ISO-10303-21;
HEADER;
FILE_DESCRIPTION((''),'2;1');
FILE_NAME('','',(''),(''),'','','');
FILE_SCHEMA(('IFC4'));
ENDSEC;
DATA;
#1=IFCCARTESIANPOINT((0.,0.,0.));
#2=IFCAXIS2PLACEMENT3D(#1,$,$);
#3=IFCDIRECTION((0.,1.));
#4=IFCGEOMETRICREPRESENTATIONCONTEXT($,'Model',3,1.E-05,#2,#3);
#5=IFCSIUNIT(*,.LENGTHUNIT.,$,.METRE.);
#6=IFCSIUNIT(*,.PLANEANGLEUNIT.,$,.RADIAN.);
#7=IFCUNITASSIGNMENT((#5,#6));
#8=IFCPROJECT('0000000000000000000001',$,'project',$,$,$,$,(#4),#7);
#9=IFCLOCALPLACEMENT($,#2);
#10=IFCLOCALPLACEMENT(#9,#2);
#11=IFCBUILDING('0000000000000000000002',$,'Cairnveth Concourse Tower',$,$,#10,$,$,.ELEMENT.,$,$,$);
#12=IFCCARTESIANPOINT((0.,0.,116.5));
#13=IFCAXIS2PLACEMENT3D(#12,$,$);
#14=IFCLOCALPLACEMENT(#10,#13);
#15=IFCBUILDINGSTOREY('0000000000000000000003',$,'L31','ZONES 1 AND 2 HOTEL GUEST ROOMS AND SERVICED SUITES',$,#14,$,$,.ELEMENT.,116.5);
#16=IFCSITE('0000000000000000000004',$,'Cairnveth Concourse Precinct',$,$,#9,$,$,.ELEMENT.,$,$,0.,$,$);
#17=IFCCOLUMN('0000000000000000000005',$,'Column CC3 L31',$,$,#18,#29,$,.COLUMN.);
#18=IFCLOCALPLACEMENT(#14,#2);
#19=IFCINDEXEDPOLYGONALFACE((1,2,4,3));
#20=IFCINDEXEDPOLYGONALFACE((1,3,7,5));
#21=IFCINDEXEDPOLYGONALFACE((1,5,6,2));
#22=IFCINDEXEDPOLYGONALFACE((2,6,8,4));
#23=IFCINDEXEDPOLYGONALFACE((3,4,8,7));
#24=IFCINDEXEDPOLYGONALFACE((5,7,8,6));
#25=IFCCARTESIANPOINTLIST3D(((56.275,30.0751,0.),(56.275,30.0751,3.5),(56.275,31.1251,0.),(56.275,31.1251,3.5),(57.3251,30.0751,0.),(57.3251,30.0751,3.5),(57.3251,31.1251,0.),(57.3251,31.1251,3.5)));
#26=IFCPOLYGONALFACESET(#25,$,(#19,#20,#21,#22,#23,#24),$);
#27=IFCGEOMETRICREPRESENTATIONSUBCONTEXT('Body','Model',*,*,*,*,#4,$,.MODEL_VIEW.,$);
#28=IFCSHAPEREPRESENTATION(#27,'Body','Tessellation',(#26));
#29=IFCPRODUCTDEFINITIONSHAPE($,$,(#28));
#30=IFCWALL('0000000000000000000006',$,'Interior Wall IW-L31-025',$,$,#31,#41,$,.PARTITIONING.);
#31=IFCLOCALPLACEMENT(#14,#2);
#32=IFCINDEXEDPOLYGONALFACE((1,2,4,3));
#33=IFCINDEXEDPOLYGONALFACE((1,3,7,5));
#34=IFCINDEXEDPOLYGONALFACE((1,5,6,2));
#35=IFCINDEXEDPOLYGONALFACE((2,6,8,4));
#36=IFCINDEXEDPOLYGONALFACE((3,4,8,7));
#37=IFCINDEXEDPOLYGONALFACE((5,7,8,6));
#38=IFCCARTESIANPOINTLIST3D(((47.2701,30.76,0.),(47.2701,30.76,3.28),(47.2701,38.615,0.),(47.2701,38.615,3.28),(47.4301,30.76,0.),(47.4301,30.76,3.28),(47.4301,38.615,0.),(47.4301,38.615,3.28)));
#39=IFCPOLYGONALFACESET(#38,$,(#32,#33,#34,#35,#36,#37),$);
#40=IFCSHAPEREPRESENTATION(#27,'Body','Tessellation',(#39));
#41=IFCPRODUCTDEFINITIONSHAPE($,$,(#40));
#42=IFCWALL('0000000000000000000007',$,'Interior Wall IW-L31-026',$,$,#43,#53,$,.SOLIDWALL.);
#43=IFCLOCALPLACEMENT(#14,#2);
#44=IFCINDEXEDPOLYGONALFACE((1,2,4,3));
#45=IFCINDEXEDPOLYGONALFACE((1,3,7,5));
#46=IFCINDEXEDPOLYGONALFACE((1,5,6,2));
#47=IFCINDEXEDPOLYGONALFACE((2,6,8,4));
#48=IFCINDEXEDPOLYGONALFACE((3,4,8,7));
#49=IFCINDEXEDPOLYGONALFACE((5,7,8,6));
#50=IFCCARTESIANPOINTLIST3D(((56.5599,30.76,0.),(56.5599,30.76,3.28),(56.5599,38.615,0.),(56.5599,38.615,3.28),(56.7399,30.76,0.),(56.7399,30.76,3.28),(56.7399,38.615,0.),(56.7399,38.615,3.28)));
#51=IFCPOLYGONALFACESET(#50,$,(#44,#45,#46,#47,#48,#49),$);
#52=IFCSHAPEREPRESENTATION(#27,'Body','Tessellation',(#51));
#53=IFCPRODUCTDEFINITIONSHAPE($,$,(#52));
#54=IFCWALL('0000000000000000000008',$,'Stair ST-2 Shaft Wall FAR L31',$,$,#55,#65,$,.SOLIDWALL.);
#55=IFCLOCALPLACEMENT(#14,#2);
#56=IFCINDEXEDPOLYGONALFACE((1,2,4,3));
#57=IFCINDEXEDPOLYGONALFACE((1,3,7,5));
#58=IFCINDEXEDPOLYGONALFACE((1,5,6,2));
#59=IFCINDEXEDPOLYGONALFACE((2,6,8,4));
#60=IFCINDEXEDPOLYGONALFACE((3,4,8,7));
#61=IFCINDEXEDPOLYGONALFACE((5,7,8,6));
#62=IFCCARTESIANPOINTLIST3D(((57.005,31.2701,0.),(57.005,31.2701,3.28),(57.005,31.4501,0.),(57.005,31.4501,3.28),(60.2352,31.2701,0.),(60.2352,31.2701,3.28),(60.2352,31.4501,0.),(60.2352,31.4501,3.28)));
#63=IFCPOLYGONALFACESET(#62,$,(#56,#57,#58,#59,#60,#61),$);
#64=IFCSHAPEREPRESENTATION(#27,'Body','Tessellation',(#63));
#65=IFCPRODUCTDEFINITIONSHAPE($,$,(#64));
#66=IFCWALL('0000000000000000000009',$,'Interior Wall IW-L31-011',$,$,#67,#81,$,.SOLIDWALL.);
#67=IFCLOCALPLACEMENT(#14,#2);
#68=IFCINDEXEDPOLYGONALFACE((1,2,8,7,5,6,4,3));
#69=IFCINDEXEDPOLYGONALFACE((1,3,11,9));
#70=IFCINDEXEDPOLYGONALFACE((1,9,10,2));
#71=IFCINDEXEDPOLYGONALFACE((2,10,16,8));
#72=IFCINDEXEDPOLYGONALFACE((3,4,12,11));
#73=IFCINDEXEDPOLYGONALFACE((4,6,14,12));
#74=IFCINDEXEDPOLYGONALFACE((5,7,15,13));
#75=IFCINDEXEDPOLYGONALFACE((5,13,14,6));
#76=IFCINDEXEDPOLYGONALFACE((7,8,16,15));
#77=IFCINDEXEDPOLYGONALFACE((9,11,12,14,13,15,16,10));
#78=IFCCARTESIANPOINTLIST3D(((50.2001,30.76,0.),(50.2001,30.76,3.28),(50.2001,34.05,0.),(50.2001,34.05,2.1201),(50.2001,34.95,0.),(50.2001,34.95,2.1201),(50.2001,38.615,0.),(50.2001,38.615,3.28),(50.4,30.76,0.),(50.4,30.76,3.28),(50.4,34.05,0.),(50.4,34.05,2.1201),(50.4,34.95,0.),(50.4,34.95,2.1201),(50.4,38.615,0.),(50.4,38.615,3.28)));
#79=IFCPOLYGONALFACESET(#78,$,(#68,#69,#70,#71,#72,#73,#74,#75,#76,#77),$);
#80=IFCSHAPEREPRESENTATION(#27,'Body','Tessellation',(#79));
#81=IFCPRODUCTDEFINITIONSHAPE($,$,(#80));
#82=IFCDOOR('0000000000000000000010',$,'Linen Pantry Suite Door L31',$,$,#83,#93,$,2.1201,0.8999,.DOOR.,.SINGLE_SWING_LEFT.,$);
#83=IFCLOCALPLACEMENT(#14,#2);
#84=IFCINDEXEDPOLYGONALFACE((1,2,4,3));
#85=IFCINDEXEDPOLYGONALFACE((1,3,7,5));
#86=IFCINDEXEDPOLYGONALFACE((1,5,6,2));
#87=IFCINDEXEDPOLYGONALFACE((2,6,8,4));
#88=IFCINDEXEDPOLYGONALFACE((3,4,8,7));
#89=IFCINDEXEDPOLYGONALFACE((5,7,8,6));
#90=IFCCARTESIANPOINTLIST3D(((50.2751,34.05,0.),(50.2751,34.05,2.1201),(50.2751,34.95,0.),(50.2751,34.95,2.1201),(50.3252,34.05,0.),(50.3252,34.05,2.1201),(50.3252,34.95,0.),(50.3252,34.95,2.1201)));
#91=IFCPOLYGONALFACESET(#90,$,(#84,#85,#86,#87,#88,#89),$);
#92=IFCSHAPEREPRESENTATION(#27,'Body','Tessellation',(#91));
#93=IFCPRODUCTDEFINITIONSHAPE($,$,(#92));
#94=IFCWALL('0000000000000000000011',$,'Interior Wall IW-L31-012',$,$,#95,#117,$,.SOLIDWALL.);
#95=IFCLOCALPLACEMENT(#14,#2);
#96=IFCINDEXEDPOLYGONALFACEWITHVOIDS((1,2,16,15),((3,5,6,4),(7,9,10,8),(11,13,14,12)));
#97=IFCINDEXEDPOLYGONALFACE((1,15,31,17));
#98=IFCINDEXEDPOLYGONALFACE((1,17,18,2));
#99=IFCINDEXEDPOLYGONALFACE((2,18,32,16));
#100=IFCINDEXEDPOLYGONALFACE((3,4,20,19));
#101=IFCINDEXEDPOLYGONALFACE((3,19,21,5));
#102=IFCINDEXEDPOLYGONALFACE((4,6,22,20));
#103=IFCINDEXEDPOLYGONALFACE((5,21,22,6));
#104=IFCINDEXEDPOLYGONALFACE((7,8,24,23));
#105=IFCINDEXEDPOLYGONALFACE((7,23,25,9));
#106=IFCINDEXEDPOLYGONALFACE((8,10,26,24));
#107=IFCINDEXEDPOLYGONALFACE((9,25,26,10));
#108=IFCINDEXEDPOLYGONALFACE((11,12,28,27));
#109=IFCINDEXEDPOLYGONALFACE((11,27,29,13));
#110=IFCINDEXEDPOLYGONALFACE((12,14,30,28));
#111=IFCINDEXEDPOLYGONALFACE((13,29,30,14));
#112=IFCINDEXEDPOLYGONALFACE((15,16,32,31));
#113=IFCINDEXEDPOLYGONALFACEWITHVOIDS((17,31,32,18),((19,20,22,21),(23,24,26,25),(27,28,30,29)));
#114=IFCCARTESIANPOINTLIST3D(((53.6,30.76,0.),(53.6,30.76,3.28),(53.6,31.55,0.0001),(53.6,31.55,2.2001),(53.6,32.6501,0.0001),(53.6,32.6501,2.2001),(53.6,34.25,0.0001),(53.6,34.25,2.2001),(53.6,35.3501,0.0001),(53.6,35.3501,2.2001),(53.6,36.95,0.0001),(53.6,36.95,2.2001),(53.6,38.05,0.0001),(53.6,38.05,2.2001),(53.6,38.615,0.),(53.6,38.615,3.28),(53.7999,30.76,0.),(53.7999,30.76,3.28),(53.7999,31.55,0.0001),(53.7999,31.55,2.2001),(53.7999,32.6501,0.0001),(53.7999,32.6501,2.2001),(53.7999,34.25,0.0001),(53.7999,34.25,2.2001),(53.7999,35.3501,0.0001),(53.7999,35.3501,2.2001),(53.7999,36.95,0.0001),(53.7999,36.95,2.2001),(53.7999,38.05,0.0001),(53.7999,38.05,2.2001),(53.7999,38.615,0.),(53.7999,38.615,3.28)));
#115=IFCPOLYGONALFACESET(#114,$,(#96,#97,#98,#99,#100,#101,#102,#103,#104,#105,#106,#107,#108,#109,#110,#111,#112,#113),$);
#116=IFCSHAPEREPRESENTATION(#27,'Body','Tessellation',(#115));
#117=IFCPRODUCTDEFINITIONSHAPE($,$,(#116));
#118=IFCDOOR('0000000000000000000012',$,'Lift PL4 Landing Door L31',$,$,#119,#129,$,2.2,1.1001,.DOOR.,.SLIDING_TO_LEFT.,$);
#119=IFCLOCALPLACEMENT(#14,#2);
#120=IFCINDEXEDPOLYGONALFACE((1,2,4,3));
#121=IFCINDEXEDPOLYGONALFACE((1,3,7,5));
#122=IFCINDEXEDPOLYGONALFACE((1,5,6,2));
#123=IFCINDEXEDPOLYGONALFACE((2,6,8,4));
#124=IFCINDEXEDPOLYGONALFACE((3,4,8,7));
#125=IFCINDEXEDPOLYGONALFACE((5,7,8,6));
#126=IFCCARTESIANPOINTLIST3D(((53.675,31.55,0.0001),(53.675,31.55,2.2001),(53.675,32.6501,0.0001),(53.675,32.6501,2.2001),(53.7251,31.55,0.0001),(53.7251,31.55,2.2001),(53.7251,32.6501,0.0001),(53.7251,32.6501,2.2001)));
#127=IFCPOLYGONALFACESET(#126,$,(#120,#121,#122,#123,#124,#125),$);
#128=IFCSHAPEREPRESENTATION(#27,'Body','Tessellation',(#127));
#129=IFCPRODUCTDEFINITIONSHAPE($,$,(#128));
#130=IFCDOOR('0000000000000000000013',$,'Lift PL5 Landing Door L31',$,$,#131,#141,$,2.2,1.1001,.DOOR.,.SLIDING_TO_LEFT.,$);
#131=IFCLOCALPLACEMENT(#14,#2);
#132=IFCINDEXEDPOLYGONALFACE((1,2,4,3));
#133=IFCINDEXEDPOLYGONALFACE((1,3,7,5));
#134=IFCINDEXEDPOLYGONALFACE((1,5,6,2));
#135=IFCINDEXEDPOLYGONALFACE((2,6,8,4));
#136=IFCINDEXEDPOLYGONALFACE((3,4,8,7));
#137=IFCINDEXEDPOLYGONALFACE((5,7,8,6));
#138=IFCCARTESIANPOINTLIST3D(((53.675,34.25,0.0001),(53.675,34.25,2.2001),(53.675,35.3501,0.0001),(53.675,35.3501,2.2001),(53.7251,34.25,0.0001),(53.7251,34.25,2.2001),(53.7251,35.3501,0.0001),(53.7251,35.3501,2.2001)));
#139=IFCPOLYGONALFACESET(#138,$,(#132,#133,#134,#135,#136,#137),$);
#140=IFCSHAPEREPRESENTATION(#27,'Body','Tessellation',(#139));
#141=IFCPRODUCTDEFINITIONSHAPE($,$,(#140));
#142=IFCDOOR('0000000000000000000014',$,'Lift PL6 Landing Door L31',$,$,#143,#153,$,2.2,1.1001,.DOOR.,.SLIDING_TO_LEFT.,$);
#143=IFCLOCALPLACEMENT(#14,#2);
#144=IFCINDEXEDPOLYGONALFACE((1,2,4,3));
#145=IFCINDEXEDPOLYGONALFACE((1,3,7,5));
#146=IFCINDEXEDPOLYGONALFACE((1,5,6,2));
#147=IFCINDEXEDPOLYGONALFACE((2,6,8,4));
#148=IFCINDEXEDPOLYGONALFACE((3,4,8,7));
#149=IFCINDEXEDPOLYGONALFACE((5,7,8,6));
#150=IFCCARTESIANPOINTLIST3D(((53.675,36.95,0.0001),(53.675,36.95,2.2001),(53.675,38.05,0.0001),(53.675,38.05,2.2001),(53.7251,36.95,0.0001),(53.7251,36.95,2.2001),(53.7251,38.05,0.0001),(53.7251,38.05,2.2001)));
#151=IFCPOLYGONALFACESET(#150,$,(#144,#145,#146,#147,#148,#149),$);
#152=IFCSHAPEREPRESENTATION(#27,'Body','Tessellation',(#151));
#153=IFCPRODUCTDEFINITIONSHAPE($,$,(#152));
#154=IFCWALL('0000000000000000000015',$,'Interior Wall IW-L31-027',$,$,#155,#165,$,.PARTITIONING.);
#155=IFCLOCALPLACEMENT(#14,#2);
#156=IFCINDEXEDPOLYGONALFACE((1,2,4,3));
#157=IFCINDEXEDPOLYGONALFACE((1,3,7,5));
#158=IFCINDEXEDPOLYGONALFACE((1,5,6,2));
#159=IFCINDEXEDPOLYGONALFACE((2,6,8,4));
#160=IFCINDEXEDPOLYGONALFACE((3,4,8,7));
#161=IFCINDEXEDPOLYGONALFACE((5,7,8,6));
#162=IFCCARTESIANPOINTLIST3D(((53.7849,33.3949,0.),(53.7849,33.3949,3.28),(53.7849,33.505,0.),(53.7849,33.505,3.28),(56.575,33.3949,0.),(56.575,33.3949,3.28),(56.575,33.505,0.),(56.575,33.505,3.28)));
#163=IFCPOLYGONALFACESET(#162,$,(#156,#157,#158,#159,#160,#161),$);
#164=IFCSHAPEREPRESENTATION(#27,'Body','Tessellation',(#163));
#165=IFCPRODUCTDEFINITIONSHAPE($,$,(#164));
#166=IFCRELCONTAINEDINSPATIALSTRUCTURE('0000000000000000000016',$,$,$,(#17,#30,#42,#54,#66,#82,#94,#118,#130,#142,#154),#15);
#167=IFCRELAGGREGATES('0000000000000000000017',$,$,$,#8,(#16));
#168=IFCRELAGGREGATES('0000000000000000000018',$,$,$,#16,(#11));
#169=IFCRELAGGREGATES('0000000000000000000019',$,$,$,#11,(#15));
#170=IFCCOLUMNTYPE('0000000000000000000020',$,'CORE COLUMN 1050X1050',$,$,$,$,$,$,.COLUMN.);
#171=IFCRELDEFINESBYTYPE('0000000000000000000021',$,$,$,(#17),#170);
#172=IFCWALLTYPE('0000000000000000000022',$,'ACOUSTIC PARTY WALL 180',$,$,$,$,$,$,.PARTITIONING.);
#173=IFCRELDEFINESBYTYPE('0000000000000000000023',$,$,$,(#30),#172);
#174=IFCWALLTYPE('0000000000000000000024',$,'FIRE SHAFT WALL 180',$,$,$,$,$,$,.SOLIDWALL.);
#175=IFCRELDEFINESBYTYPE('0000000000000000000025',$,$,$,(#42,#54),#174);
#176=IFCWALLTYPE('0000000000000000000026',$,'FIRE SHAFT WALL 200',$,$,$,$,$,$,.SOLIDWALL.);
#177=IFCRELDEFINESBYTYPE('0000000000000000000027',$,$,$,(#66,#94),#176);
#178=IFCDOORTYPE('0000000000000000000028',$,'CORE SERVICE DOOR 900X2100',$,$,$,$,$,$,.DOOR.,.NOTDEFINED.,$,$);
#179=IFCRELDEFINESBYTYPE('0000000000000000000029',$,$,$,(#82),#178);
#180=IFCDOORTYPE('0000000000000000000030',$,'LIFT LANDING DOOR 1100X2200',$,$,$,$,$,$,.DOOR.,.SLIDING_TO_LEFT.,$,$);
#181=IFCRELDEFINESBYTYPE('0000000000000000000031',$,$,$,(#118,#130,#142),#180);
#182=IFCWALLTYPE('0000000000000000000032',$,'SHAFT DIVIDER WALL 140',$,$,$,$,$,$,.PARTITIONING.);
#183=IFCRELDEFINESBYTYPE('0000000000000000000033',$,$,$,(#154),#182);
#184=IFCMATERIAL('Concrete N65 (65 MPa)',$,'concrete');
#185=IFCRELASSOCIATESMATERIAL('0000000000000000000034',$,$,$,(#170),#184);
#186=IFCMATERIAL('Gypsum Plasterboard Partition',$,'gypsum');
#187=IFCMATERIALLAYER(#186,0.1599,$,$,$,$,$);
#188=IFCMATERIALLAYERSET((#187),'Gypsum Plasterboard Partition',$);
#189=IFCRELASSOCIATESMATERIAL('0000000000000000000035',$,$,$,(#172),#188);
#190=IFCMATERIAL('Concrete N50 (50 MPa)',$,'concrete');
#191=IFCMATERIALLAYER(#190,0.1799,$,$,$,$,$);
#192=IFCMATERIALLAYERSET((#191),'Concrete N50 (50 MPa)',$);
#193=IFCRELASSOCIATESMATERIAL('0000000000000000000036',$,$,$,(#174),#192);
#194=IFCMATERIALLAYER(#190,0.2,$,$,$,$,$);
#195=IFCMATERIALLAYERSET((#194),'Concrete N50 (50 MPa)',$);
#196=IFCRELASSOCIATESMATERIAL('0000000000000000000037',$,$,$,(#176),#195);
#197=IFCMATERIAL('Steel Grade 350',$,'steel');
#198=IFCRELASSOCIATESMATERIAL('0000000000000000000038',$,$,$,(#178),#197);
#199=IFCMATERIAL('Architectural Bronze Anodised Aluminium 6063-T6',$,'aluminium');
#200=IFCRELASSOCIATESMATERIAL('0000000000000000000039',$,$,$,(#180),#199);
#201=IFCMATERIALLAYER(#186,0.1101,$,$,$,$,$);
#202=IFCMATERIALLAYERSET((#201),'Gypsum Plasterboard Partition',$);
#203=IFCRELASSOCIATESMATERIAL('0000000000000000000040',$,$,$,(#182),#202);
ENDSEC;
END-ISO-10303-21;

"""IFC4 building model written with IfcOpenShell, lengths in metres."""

from ifc_helpers import new_model, si_unit, direction, frame, frame_2d, origin, origin_2d, place, context, subcontext, project, spatial, rectangle, extrude, material, layer, layer_set, material_profile, profile_set, type_object, element, fill, save


model = new_model("IFC4")

# Units and contexts
model_context = context("Model", 3, precision=1e-05, world=origin(), true_north=direction((0.0, 1.0)))
body_context = subcontext(model_context, "Body", "Model", "MODEL_VIEW")
ifc_project = project(units=[si_unit("LENGTHUNIT", "METRE"), si_unit("PLANEANGLEUNIT", "RADIAN")], contexts=[model_context])

# Site, building, storey
site_placement = place(None, origin())
site = spatial("IfcSite", under=ifc_project, at=site_placement, Name="Cairnveth Concourse Precinct", CompositionType="ELEMENT", RefElevation=0.0)
building_placement = place(site_placement, origin())
building = spatial("IfcBuilding", under=site, at=building_placement, Name="Cairnveth Concourse Tower", CompositionType="ELEMENT")
storey_placement = place(building_placement, frame((0.0, 0.0, 116.5)))
storey = spatial("IfcBuildingStorey", under=building, at=storey_placement, Name="L31", Description="ZONES 1 AND 2 HOTEL GUEST ROOMS AND SERVICED SUITES", CompositionType="ELEMENT", Elevation=116.5)

# Column
ifc_material_1 = material(Name="Concrete N65 (65 MPa)", Category="concrete")
ifc_material_profile = material_profile(ifc_material_1, rectangle(XDim=1.05, YDim=1.05, at=origin_2d()), Name="RC-COL-1050x1050")
ifc_profile_set = profile_set([ifc_material_profile], Name="Concrete N65 (65 MPa)")
column_type = type_object("IfcColumnType", Name="CORE COLUMN 1050X1050", PredefinedType="COLUMN", material=ifc_profile_set)
column_placement = place(storey_placement, frame((56.8, 30.6001, 0.0), z_axis=(0.0, 0.0, 1.0), x_axis=(1.0, 0.0, 0.0)))
element("IfcColumn", 1, at=column_placement, inside=storey, type_object=column_type, Name="Column CC3 L31", PredefinedType="COLUMN", context=body_context, shape_type="SweptSolid", body=[
    extrude(rectangle(XDim=1.05, YDim=1.05, at=origin_2d()), origin(), (0.0, 0.0, 1.0), 3.5),
])

# Walls
ifc_material_2 = material(Name="Gypsum Plasterboard Partition", Category="gypsum")
ifc_layer_1 = layer(ifc_material_2, 0.1599)
ifc_layer_set_1 = layer_set([ifc_layer_1], Name="Gypsum Plasterboard Partition")
wall_type_1 = type_object("IfcWallType", Name="ACOUSTIC PARTY WALL 180", PredefinedType="PARTITIONING", material=ifc_layer_set_1)
wall_1_placement = place(storey_placement, frame((47.3501, 30.76, 0.0), z_axis=(0.0, 0.0, 1.0), x_axis=(0.0, 1.0, 0.0)))
element("IfcWall", 2, at=wall_1_placement, inside=storey, type_object=wall_type_1, Name="Interior Wall IW-L31-025", PredefinedType="PARTITIONING", context=body_context, shape_type="SweptSolid", body=[
    extrude(rectangle(XDim=7.855, YDim=0.1599, at=frame_2d((3.9275, 0.0))), origin(), (0.0, 0.0, 1.0), 3.28),
])
ifc_material_3 = material(Name="Concrete N50 (50 MPa)", Category="concrete")
ifc_layer_2 = layer(ifc_material_3, 0.1799)
ifc_layer_set_2 = layer_set([ifc_layer_2], Name="Concrete N50 (50 MPa)")
wall_type_2 = type_object("IfcWallType", Name="FIRE SHAFT WALL 180", PredefinedType="SOLIDWALL", material=ifc_layer_set_2)
wall_2_placement = place(storey_placement, frame((56.6499, 30.76, 0.0), z_axis=(0.0, 0.0, 1.0), x_axis=(0.0, 1.0, 0.0)))
element("IfcWall", 3, at=wall_2_placement, inside=storey, type_object=wall_type_2, Name="Interior Wall IW-L31-026", PredefinedType="SOLIDWALL", context=body_context, shape_type="SweptSolid", body=[
    extrude(rectangle(XDim=7.855, YDim=0.1799, at=frame_2d((3.9275, 0.0))), origin(), (0.0, 0.0, 1.0), 3.28),
])
wall_3_placement = place(storey_placement, frame((57.0049, 31.3601, 0.0), z_axis=(0.0, 0.0, 1.0), x_axis=(1.0, 0.0, 0.0)))
element("IfcWall", 4, at=wall_3_placement, inside=storey, type_object=wall_type_2, Name="Stair ST-2 Shaft Wall FAR L31", PredefinedType="SOLIDWALL", context=body_context, shape_type="SweptSolid", body=[
    extrude(rectangle(XDim=3.2302, YDim=0.1799, at=frame_2d((1.6152, 0.0))), origin(), (0.0, 0.0, 1.0), 3.28),
])

# Wall, opening, door
ifc_layer_3 = layer(ifc_material_3, 0.2)
ifc_layer_set_3 = layer_set([ifc_layer_3], Name="Concrete N50 (50 MPa)")
wall_type_3 = type_object("IfcWallType", Name="FIRE SHAFT WALL 200", PredefinedType="SOLIDWALL", material=ifc_layer_set_3)
wall_4_placement = place(storey_placement, frame((50.3, 30.76, 0.0), z_axis=(0.0, 0.0, 1.0), x_axis=(0.0, 1.0, 0.0)))
wall_4 = element("IfcWall", 5, at=wall_4_placement, inside=storey, type_object=wall_type_3, Name="Interior Wall IW-L31-011", PredefinedType="SOLIDWALL", context=body_context, shape_type="SweptSolid", body=[
    extrude(rectangle(XDim=7.855, YDim=0.2, at=frame_2d((3.9275, 0.0))), origin(), (0.0, 0.0, 1.0), 3.28),
])
opening_1_placement = place(wall_4_placement, frame((3.29, 0.0, 0.0)))
opening_1 = element("IfcOpeningElement", 6, at=opening_1_placement, cuts=wall_4, PredefinedType="OPENING", context=body_context, shape_type="SweptSolid", body=[
    extrude(rectangle(XDim=0.8999, YDim=2.1201, at=frame_2d((0.45, 1.0601))), frame((0.0, 0.1099, 0.0), z_axis=(0.0, -1.0, 0.0), x_axis=(1.0, 0.0, 0.0)), (0.0, 0.0, 1.0), 0.22),
])
ifc_material_4 = material(Name="Steel Grade 350", Category="steel")
door_type_1 = type_object("IfcDoorType", Name="CORE SERVICE DOOR 900X2100", OperationType="NOTDEFINED", PredefinedType="DOOR", material=ifc_material_4)
door_1_placement = place(opening_1_placement, origin())
door_1 = element("IfcDoor", 7, at=door_1_placement, inside=storey, type_object=door_type_1, Name="Linen Pantry Suite Door L31", OperationType="SINGLE_SWING_LEFT", OverallHeight=2.1201, OverallWidth=0.8999, PredefinedType="DOOR", context=body_context, shape_type="SweptSolid", body=[
    extrude(rectangle(XDim=0.8999, YDim=2.1201, at=frame_2d((0.45, 1.0601))), frame((0.0, 0.0249, 0.0), z_axis=(0.0, -1.0, 0.0), x_axis=(1.0, 0.0, 0.0)), (0.0, 0.0, 1.0), 0.05),
])
fill(opening_1, door_1)

# Wall, openings, doors
wall_5_placement = place(storey_placement, frame((53.7, 30.76, 0.0), z_axis=(0.0, 0.0, 1.0), x_axis=(0.0, 1.0, 0.0)))
wall_5 = element("IfcWall", 8, at=wall_5_placement, inside=storey, type_object=wall_type_3, Name="Interior Wall IW-L31-012", PredefinedType="SOLIDWALL", context=body_context, shape_type="SweptSolid", body=[
    extrude(rectangle(XDim=7.855, YDim=0.2, at=frame_2d((3.9275, 0.0))), origin(), (0.0, 0.0, 1.0), 3.28),
])
opening_2_placement = place(wall_5_placement, frame((0.79, 0.0, 0.0)))
opening_2 = element("IfcOpeningElement", 9, at=opening_2_placement, cuts=wall_5, PredefinedType="OPENING", context=body_context, shape_type="SweptSolid", body=[
    extrude(rectangle(XDim=1.1001, YDim=2.2, at=frame_2d((0.55, 1.1001))), frame((0.0, 0.1099, 0.0), z_axis=(0.0, -1.0, 0.0), x_axis=(1.0, 0.0, 0.0)), (0.0, 0.0, 1.0), 0.22),
])
opening_3_placement = place(wall_5_placement, frame((3.49, 0.0, 0.0)))
opening_3 = element("IfcOpeningElement", 10, at=opening_3_placement, cuts=wall_5, PredefinedType="OPENING", context=body_context, shape_type="SweptSolid", body=[
    extrude(rectangle(XDim=1.1001, YDim=2.2, at=frame_2d((0.55, 1.1001))), frame((0.0, 0.1099, 0.0), z_axis=(0.0, -1.0, 0.0), x_axis=(1.0, 0.0, 0.0)), (0.0, 0.0, 1.0), 0.22),
])
opening_4_placement = place(wall_5_placement, frame((6.1899, 0.0, 0.0)))
opening_4 = element("IfcOpeningElement", 11, at=opening_4_placement, cuts=wall_5, PredefinedType="OPENING", context=body_context, shape_type="SweptSolid", body=[
    extrude(rectangle(XDim=1.1001, YDim=2.2, at=frame_2d((0.55, 1.1001))), frame((0.0, 0.1099, 0.0), z_axis=(0.0, -1.0, 0.0), x_axis=(1.0, 0.0, 0.0)), (0.0, 0.0, 1.0), 0.22),
])
ifc_material_5 = material(Name="Architectural Bronze Anodised Aluminium 6063-T6", Category="aluminium")
door_type_2 = type_object("IfcDoorType", Name="LIFT LANDING DOOR 1100X2200", OperationType="SLIDING_TO_LEFT", PredefinedType="DOOR", material=ifc_material_5)
door_2_placement = place(opening_2_placement, origin())
door_2 = element("IfcDoor", 12, at=door_2_placement, inside=storey, type_object=door_type_2, Name="Lift PL4 Landing Door L31", OperationType="SLIDING_TO_LEFT", OverallHeight=2.2, OverallWidth=1.1001, PredefinedType="DOOR", context=body_context, shape_type="SweptSolid", body=[
    extrude(rectangle(XDim=1.1001, YDim=2.2, at=frame_2d((0.55, 1.1001))), frame((0.0, 0.0249, 0.0), z_axis=(0.0, -1.0, 0.0), x_axis=(1.0, 0.0, 0.0)), (0.0, 0.0, 1.0), 0.05),
])
fill(opening_2, door_2)
door_3_placement = place(opening_3_placement, origin())
door_3 = element("IfcDoor", 13, at=door_3_placement, inside=storey, type_object=door_type_2, Name="Lift PL5 Landing Door L31", OperationType="SLIDING_TO_LEFT", OverallHeight=2.2, OverallWidth=1.1001, PredefinedType="DOOR", context=body_context, shape_type="SweptSolid", body=[
    extrude(rectangle(XDim=1.1001, YDim=2.2, at=frame_2d((0.55, 1.1001))), frame((0.0, 0.0249, 0.0), z_axis=(0.0, -1.0, 0.0), x_axis=(1.0, 0.0, 0.0)), (0.0, 0.0, 1.0), 0.05),
])
fill(opening_3, door_3)
door_4_placement = place(opening_4_placement, origin())
door_4 = element("IfcDoor", 14, at=door_4_placement, inside=storey, type_object=door_type_2, Name="Lift PL6 Landing Door L31", OperationType="SLIDING_TO_LEFT", OverallHeight=2.2, OverallWidth=1.1001, PredefinedType="DOOR", context=body_context, shape_type="SweptSolid", body=[
    extrude(rectangle(XDim=1.1001, YDim=2.2, at=frame_2d((0.55, 1.1001))), frame((0.0, 0.0249, 0.0), z_axis=(0.0, -1.0, 0.0), x_axis=(1.0, 0.0, 0.0)), (0.0, 0.0, 1.0), 0.05),
])
fill(opening_4, door_4)

# Wall
ifc_layer_4 = layer(ifc_material_2, 0.1101)
ifc_layer_set_4 = layer_set([ifc_layer_4], Name="Gypsum Plasterboard Partition")
wall_type_4 = type_object("IfcWallType", Name="SHAFT DIVIDER WALL 140", PredefinedType="PARTITIONING", material=ifc_layer_set_4)
for number, where, z_axis, x_axis, name in (
    (15, (53.7849, 33.45, 0.0), (0.0, 0.0, 1.0), (1.0, 0.0, 0.0), "Interior Wall IW-L31-027"),
):
    element("IfcWall", number, at=place(storey_placement, frame(where, z_axis=z_axis, x_axis=x_axis)), inside=storey, type_object=wall_type_4, Name=name, PredefinedType="PARTITIONING", context=body_context, shape_type="SweptSolid", body=[
        extrude(rectangle(XDim=2.79, YDim=0.1101, at=frame_2d((1.395, 0.0))), origin(), (0.0, 0.0, 1.0), 3.28),
    ])

save(model, "model.ifc")
